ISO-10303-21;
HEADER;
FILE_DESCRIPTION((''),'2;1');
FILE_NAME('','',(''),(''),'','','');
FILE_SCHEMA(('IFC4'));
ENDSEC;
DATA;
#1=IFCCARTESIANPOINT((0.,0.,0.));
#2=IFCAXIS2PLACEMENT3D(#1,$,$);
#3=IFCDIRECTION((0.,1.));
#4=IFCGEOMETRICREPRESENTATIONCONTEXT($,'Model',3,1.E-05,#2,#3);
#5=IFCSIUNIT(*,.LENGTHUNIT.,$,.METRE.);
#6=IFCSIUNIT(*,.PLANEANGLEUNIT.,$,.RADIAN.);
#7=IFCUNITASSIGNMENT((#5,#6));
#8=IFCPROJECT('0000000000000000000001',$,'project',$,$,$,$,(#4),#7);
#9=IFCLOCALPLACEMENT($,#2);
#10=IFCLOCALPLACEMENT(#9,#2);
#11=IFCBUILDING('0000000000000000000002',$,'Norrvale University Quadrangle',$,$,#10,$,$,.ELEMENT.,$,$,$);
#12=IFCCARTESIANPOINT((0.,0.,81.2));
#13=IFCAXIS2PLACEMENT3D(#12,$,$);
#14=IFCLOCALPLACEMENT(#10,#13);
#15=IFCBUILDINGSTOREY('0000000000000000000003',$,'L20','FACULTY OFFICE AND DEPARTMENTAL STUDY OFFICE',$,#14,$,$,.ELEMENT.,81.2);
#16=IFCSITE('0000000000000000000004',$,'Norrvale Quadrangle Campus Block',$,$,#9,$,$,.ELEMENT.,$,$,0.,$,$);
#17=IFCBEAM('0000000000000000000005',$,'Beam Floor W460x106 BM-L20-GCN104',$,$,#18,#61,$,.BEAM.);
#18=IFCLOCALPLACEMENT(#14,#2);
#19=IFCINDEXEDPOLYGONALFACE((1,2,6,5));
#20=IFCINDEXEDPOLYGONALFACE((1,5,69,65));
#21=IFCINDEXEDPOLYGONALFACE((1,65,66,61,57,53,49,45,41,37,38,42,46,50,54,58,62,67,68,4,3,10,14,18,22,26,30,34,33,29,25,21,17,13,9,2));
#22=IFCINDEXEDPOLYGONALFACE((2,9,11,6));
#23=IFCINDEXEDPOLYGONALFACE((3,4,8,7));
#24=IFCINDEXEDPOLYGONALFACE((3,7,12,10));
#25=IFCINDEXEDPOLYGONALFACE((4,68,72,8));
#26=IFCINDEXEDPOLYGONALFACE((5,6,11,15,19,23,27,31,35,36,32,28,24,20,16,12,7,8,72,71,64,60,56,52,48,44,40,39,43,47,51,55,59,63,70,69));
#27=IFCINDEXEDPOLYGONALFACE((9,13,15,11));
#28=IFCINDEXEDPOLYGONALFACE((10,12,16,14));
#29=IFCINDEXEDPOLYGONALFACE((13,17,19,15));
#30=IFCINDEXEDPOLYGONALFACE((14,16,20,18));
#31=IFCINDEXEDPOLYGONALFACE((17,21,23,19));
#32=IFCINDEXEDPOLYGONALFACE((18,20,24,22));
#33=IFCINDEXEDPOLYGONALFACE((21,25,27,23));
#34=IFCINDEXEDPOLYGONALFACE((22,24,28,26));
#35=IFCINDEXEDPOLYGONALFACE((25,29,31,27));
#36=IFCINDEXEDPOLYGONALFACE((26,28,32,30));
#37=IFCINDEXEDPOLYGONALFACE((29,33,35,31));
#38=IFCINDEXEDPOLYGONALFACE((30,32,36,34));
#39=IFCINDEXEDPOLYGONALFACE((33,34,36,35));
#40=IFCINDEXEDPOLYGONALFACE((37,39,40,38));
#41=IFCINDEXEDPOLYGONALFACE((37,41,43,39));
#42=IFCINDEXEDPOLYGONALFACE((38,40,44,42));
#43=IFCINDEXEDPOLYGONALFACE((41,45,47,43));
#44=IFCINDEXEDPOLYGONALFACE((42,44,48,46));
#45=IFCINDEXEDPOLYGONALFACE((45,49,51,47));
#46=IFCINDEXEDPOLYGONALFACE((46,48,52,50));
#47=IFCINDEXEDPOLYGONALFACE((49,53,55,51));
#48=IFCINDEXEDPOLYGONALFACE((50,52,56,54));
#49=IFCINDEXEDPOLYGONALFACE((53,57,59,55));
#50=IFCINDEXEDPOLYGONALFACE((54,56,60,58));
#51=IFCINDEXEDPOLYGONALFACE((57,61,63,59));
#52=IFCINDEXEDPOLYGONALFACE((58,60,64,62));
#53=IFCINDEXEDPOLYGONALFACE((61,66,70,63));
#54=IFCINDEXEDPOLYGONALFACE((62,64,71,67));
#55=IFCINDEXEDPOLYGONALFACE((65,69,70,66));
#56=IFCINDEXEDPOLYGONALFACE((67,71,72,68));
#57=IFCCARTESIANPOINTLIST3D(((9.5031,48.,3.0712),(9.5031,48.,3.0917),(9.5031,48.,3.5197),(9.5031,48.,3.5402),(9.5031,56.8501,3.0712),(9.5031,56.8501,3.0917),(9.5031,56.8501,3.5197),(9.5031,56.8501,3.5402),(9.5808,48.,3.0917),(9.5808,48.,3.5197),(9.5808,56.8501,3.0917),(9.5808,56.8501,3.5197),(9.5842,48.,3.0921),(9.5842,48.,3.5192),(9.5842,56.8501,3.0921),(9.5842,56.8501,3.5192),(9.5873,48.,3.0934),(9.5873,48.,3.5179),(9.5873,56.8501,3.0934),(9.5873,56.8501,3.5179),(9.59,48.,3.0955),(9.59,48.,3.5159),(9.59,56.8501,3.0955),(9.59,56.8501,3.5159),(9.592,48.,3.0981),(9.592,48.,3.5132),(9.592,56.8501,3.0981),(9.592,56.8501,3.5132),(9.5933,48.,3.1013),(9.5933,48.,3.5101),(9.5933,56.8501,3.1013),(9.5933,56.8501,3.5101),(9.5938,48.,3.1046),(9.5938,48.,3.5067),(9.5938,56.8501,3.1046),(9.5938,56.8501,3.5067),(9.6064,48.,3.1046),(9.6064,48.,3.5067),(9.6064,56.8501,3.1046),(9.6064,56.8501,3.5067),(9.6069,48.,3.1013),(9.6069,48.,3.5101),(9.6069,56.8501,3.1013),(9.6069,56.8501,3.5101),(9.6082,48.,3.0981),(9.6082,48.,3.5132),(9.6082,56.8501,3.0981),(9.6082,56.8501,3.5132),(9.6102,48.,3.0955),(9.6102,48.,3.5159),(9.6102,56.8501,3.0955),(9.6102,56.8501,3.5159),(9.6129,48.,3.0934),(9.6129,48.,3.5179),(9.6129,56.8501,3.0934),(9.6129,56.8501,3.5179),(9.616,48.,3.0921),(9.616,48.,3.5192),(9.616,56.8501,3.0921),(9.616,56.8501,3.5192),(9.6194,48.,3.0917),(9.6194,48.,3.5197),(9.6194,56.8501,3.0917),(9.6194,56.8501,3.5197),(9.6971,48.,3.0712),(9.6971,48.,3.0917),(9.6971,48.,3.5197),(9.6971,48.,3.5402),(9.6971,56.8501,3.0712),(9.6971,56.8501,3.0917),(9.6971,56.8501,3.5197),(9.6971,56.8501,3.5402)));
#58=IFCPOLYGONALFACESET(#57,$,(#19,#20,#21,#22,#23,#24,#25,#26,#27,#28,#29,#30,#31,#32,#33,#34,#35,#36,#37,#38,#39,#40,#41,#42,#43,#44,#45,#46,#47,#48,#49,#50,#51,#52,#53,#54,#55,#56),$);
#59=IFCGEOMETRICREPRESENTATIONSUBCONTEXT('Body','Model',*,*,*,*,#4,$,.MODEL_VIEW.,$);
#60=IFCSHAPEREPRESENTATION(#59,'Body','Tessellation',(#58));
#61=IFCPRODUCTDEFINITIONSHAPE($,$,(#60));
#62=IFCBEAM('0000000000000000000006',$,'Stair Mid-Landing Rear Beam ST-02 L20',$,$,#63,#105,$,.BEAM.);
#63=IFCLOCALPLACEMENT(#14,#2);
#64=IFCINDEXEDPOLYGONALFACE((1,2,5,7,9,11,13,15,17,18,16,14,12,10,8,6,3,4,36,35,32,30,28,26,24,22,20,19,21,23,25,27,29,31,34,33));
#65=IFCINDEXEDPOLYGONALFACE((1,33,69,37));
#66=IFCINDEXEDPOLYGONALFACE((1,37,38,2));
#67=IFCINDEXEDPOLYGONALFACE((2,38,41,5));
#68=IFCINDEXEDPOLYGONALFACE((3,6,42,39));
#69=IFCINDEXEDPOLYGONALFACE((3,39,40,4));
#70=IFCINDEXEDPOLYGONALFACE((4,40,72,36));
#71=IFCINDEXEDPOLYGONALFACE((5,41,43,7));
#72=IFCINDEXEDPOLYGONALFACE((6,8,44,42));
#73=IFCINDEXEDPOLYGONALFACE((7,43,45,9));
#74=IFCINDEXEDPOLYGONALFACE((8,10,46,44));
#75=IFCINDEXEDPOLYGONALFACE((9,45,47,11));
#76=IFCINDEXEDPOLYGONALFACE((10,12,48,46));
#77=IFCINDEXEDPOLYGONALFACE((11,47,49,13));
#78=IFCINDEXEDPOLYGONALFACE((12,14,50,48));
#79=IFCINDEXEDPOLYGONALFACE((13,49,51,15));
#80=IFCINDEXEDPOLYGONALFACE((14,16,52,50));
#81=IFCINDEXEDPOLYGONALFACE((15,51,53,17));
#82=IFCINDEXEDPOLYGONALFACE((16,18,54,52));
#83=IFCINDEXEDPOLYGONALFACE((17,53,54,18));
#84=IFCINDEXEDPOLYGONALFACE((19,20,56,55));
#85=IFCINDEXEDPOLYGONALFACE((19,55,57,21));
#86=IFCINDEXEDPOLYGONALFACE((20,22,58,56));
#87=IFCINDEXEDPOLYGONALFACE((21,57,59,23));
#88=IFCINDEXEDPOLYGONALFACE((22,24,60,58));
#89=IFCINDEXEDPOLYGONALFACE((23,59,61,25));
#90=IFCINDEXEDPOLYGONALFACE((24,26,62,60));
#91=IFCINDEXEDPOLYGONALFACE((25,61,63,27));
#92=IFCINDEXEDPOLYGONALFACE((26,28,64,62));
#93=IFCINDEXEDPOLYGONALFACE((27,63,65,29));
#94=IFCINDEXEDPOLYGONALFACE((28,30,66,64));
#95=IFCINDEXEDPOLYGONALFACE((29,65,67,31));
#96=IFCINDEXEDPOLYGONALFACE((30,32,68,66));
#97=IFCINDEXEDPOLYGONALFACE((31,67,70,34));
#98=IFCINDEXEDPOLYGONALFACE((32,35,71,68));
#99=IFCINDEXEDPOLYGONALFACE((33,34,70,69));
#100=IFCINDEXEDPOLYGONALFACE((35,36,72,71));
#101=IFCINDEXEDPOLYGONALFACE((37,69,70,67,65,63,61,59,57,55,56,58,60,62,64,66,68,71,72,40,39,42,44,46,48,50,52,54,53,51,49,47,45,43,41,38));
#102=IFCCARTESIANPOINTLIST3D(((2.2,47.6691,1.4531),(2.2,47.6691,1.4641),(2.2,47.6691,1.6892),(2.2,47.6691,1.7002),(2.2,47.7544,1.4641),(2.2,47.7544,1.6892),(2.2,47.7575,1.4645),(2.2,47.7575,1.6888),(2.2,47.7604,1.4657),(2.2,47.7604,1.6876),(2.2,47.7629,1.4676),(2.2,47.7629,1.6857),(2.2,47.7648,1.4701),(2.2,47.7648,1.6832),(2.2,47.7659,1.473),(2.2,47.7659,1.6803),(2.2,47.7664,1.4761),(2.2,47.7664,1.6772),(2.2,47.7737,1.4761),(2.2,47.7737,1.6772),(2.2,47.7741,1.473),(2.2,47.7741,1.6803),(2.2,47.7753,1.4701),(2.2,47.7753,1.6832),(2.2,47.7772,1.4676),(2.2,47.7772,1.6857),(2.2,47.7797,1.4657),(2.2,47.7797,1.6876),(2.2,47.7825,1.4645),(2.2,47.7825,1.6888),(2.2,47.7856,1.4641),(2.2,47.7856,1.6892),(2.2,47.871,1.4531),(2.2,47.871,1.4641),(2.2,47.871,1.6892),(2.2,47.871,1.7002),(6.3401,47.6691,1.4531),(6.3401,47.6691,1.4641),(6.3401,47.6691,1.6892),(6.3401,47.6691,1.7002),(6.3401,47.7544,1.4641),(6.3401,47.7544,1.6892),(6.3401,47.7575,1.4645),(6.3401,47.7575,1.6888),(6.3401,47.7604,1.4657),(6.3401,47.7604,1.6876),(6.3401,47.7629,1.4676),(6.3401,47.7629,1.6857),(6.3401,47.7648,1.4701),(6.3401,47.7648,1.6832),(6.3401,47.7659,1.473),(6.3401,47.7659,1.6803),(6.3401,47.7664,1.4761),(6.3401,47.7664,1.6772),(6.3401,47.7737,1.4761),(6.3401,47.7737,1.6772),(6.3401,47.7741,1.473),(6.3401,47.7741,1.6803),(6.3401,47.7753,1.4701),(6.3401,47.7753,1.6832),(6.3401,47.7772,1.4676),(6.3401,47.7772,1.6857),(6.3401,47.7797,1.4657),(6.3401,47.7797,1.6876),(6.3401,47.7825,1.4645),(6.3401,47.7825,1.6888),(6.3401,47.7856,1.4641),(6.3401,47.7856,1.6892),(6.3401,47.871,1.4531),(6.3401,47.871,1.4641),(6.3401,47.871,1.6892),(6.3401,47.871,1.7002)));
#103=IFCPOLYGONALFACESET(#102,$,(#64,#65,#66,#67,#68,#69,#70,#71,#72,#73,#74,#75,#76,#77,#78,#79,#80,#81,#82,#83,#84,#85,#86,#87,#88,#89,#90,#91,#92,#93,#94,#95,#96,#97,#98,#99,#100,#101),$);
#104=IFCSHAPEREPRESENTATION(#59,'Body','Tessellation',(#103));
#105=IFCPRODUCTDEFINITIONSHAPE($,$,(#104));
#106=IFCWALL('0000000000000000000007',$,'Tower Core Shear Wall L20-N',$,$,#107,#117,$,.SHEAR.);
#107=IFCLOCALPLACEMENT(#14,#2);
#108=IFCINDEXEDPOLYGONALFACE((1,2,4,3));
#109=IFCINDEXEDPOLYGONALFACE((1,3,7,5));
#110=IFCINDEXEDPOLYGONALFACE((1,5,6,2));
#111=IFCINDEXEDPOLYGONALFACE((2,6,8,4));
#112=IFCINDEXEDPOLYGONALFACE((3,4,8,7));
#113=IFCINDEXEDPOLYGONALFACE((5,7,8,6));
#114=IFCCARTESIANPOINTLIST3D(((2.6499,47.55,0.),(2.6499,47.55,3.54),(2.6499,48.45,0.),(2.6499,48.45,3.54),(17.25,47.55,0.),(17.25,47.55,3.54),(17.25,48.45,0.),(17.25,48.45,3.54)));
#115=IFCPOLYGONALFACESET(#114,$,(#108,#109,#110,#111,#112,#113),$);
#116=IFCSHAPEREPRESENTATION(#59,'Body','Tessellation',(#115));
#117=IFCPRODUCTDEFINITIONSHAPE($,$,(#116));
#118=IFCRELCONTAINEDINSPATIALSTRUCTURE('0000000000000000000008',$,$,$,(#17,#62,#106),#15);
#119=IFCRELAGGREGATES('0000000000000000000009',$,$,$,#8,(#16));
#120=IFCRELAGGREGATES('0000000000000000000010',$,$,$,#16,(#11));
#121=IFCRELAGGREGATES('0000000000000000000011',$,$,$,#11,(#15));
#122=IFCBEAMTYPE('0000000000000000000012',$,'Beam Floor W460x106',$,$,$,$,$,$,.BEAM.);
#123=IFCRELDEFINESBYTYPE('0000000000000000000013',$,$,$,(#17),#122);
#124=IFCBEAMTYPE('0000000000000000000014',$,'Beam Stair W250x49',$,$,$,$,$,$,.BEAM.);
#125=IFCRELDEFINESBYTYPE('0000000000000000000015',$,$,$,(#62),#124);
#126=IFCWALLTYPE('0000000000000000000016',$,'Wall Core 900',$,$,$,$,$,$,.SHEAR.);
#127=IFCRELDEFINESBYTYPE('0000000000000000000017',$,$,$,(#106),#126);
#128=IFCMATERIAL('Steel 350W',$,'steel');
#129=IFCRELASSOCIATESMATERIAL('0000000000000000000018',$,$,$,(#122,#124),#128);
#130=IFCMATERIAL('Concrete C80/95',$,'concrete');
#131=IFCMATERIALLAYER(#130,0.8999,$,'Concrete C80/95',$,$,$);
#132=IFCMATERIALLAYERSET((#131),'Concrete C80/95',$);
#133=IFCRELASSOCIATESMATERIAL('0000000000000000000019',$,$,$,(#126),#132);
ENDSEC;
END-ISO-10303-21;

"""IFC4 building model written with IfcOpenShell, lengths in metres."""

from ifc_helpers import new_model, si_unit, direction, frame, frame_2d, origin, origin_2d, place, context, subcontext, project, spatial, rectangle, i_section, extrude, material, layer, layer_set, material_profile, profile_set, type_object, element, save


model = new_model("IFC4")

# Units and contexts
model_context = context("Model", 3, precision=1e-05, world=origin(), true_north=direction((0.0, 1.0)))
body_context = subcontext(model_context, "Body", "Model", "MODEL_VIEW")
ifc_project = project(units=[si_unit("LENGTHUNIT", "METRE"), si_unit("PLANEANGLEUNIT", "RADIAN")], contexts=[model_context])

# Site, building, storey
site_placement = place(None, origin())
site = spatial("IfcSite", under=ifc_project, at=site_placement, Name="Norrvale Quadrangle Campus Block", CompositionType="ELEMENT", RefElevation=0.0)
building_placement = place(site_placement, origin())
building = spatial("IfcBuilding", under=site, at=building_placement, Name="Norrvale University Quadrangle", CompositionType="ELEMENT")
storey_placement = place(building_placement, frame((0.0, 0.0, 81.2)))
storey = spatial("IfcBuildingStorey", under=building, at=storey_placement, Name="L20", Description="FACULTY OFFICE AND DEPARTMENTAL STUDY OFFICE", CompositionType="ELEMENT", Elevation=81.2)

# Shared definitions
ifc_material_1 = material(Name="Concrete C80/95", Category="concrete")

# Beams
ifc_material_2 = material(Name="Steel 350W", Category="steel")
ifc_material_profile_1 = material_profile(ifc_material_2, i_section(OverallWidth=0.1941, OverallDepth=0.469, WebThickness=0.0127, FlangeThickness=0.0205, FilletRadius=0.0129, at=origin_2d()), Name="Steel 350W")
ifc_profile_set_1 = profile_set([ifc_material_profile_1], Name="Steel 350W")
beam_type_1 = type_object("IfcBeamType", Name="Beam Floor W460x106", PredefinedType="BEAM", material=ifc_profile_set_1)
beam_1_placement = place(storey_placement, frame((9.6001, 48.0, 3.3057), z_axis=(0.0, 1.0, 0.0), x_axis=(-1.0, 0.0, 0.0)))
element("IfcBeam", 1, at=beam_1_placement, inside=storey, type_object=beam_type_1, Name="Beam Floor W460x106 BM-L20-GCN104", PredefinedType="BEAM", context=body_context, shape_type="SweptSolid", body=[
    extrude(i_section(OverallWidth=0.1941, OverallDepth=0.469, WebThickness=0.0127, FlangeThickness=0.0205, FilletRadius=0.0129, at=origin_2d()), origin(), (0.0, 0.0, 1.0), 8.8501),
])
ifc_material_profile_2 = material_profile(ifc_material_2, i_section(OverallWidth=0.2019, OverallDepth=0.2471, WebThickness=0.0073, FlangeThickness=0.011, FilletRadius=0.012, at=origin_2d()), Name="Steel 350W")
ifc_profile_set_2 = profile_set([ifc_material_profile_2], Name="Steel 350W")
beam_type_2 = type_object("IfcBeamType", Name="Beam Stair W250x49", PredefinedType="BEAM", material=ifc_profile_set_2)
beam_2_placement = place(storey_placement, frame((2.2, 47.77, 1.5767), z_axis=(1.0, 0.0, 0.0), x_axis=(0.0, 1.0, 0.0)))
element("IfcBeam", 2, at=beam_2_placement, inside=storey, type_object=beam_type_2, Name="Stair Mid-Landing Rear Beam ST-02 L20", PredefinedType="BEAM", context=body_context, shape_type="SweptSolid", body=[
    extrude(i_section(OverallWidth=0.2019, OverallDepth=0.2471, WebThickness=0.0073, FlangeThickness=0.011, FilletRadius=0.012, at=origin_2d()), origin(), (0.0, 0.0, 1.0), 4.1401),
])

# Wall
ifc_layer_1 = layer(ifc_material_1, 0.8999, Name="Concrete C80/95")
ifc_layer_set_1 = layer_set([ifc_layer_1], Name="Concrete C80/95")
wall_type_1 = type_object("IfcWallType", Name="Wall Core 900", PredefinedType="SHEAR", material=ifc_layer_set_1)
wall_1_placement = place(storey_placement, frame((2.6499, 48.0, 0.0), z_axis=(0.0, 0.0, 1.0), x_axis=(1.0, 0.0, 0.0)))
element("IfcWall", 3, at=wall_1_placement, inside=storey, type_object=wall_type_1, Name="Tower Core Shear Wall L20-N", PredefinedType="SHEAR", context=body_context, shape_type="SweptSolid", body=[
    extrude(rectangle(XDim=14.6001, YDim=0.8999, at=frame_2d((7.3, 0.0))), origin(), (0.0, 0.0, 1.0), 3.54),
])

save(model, "model.ifc")
